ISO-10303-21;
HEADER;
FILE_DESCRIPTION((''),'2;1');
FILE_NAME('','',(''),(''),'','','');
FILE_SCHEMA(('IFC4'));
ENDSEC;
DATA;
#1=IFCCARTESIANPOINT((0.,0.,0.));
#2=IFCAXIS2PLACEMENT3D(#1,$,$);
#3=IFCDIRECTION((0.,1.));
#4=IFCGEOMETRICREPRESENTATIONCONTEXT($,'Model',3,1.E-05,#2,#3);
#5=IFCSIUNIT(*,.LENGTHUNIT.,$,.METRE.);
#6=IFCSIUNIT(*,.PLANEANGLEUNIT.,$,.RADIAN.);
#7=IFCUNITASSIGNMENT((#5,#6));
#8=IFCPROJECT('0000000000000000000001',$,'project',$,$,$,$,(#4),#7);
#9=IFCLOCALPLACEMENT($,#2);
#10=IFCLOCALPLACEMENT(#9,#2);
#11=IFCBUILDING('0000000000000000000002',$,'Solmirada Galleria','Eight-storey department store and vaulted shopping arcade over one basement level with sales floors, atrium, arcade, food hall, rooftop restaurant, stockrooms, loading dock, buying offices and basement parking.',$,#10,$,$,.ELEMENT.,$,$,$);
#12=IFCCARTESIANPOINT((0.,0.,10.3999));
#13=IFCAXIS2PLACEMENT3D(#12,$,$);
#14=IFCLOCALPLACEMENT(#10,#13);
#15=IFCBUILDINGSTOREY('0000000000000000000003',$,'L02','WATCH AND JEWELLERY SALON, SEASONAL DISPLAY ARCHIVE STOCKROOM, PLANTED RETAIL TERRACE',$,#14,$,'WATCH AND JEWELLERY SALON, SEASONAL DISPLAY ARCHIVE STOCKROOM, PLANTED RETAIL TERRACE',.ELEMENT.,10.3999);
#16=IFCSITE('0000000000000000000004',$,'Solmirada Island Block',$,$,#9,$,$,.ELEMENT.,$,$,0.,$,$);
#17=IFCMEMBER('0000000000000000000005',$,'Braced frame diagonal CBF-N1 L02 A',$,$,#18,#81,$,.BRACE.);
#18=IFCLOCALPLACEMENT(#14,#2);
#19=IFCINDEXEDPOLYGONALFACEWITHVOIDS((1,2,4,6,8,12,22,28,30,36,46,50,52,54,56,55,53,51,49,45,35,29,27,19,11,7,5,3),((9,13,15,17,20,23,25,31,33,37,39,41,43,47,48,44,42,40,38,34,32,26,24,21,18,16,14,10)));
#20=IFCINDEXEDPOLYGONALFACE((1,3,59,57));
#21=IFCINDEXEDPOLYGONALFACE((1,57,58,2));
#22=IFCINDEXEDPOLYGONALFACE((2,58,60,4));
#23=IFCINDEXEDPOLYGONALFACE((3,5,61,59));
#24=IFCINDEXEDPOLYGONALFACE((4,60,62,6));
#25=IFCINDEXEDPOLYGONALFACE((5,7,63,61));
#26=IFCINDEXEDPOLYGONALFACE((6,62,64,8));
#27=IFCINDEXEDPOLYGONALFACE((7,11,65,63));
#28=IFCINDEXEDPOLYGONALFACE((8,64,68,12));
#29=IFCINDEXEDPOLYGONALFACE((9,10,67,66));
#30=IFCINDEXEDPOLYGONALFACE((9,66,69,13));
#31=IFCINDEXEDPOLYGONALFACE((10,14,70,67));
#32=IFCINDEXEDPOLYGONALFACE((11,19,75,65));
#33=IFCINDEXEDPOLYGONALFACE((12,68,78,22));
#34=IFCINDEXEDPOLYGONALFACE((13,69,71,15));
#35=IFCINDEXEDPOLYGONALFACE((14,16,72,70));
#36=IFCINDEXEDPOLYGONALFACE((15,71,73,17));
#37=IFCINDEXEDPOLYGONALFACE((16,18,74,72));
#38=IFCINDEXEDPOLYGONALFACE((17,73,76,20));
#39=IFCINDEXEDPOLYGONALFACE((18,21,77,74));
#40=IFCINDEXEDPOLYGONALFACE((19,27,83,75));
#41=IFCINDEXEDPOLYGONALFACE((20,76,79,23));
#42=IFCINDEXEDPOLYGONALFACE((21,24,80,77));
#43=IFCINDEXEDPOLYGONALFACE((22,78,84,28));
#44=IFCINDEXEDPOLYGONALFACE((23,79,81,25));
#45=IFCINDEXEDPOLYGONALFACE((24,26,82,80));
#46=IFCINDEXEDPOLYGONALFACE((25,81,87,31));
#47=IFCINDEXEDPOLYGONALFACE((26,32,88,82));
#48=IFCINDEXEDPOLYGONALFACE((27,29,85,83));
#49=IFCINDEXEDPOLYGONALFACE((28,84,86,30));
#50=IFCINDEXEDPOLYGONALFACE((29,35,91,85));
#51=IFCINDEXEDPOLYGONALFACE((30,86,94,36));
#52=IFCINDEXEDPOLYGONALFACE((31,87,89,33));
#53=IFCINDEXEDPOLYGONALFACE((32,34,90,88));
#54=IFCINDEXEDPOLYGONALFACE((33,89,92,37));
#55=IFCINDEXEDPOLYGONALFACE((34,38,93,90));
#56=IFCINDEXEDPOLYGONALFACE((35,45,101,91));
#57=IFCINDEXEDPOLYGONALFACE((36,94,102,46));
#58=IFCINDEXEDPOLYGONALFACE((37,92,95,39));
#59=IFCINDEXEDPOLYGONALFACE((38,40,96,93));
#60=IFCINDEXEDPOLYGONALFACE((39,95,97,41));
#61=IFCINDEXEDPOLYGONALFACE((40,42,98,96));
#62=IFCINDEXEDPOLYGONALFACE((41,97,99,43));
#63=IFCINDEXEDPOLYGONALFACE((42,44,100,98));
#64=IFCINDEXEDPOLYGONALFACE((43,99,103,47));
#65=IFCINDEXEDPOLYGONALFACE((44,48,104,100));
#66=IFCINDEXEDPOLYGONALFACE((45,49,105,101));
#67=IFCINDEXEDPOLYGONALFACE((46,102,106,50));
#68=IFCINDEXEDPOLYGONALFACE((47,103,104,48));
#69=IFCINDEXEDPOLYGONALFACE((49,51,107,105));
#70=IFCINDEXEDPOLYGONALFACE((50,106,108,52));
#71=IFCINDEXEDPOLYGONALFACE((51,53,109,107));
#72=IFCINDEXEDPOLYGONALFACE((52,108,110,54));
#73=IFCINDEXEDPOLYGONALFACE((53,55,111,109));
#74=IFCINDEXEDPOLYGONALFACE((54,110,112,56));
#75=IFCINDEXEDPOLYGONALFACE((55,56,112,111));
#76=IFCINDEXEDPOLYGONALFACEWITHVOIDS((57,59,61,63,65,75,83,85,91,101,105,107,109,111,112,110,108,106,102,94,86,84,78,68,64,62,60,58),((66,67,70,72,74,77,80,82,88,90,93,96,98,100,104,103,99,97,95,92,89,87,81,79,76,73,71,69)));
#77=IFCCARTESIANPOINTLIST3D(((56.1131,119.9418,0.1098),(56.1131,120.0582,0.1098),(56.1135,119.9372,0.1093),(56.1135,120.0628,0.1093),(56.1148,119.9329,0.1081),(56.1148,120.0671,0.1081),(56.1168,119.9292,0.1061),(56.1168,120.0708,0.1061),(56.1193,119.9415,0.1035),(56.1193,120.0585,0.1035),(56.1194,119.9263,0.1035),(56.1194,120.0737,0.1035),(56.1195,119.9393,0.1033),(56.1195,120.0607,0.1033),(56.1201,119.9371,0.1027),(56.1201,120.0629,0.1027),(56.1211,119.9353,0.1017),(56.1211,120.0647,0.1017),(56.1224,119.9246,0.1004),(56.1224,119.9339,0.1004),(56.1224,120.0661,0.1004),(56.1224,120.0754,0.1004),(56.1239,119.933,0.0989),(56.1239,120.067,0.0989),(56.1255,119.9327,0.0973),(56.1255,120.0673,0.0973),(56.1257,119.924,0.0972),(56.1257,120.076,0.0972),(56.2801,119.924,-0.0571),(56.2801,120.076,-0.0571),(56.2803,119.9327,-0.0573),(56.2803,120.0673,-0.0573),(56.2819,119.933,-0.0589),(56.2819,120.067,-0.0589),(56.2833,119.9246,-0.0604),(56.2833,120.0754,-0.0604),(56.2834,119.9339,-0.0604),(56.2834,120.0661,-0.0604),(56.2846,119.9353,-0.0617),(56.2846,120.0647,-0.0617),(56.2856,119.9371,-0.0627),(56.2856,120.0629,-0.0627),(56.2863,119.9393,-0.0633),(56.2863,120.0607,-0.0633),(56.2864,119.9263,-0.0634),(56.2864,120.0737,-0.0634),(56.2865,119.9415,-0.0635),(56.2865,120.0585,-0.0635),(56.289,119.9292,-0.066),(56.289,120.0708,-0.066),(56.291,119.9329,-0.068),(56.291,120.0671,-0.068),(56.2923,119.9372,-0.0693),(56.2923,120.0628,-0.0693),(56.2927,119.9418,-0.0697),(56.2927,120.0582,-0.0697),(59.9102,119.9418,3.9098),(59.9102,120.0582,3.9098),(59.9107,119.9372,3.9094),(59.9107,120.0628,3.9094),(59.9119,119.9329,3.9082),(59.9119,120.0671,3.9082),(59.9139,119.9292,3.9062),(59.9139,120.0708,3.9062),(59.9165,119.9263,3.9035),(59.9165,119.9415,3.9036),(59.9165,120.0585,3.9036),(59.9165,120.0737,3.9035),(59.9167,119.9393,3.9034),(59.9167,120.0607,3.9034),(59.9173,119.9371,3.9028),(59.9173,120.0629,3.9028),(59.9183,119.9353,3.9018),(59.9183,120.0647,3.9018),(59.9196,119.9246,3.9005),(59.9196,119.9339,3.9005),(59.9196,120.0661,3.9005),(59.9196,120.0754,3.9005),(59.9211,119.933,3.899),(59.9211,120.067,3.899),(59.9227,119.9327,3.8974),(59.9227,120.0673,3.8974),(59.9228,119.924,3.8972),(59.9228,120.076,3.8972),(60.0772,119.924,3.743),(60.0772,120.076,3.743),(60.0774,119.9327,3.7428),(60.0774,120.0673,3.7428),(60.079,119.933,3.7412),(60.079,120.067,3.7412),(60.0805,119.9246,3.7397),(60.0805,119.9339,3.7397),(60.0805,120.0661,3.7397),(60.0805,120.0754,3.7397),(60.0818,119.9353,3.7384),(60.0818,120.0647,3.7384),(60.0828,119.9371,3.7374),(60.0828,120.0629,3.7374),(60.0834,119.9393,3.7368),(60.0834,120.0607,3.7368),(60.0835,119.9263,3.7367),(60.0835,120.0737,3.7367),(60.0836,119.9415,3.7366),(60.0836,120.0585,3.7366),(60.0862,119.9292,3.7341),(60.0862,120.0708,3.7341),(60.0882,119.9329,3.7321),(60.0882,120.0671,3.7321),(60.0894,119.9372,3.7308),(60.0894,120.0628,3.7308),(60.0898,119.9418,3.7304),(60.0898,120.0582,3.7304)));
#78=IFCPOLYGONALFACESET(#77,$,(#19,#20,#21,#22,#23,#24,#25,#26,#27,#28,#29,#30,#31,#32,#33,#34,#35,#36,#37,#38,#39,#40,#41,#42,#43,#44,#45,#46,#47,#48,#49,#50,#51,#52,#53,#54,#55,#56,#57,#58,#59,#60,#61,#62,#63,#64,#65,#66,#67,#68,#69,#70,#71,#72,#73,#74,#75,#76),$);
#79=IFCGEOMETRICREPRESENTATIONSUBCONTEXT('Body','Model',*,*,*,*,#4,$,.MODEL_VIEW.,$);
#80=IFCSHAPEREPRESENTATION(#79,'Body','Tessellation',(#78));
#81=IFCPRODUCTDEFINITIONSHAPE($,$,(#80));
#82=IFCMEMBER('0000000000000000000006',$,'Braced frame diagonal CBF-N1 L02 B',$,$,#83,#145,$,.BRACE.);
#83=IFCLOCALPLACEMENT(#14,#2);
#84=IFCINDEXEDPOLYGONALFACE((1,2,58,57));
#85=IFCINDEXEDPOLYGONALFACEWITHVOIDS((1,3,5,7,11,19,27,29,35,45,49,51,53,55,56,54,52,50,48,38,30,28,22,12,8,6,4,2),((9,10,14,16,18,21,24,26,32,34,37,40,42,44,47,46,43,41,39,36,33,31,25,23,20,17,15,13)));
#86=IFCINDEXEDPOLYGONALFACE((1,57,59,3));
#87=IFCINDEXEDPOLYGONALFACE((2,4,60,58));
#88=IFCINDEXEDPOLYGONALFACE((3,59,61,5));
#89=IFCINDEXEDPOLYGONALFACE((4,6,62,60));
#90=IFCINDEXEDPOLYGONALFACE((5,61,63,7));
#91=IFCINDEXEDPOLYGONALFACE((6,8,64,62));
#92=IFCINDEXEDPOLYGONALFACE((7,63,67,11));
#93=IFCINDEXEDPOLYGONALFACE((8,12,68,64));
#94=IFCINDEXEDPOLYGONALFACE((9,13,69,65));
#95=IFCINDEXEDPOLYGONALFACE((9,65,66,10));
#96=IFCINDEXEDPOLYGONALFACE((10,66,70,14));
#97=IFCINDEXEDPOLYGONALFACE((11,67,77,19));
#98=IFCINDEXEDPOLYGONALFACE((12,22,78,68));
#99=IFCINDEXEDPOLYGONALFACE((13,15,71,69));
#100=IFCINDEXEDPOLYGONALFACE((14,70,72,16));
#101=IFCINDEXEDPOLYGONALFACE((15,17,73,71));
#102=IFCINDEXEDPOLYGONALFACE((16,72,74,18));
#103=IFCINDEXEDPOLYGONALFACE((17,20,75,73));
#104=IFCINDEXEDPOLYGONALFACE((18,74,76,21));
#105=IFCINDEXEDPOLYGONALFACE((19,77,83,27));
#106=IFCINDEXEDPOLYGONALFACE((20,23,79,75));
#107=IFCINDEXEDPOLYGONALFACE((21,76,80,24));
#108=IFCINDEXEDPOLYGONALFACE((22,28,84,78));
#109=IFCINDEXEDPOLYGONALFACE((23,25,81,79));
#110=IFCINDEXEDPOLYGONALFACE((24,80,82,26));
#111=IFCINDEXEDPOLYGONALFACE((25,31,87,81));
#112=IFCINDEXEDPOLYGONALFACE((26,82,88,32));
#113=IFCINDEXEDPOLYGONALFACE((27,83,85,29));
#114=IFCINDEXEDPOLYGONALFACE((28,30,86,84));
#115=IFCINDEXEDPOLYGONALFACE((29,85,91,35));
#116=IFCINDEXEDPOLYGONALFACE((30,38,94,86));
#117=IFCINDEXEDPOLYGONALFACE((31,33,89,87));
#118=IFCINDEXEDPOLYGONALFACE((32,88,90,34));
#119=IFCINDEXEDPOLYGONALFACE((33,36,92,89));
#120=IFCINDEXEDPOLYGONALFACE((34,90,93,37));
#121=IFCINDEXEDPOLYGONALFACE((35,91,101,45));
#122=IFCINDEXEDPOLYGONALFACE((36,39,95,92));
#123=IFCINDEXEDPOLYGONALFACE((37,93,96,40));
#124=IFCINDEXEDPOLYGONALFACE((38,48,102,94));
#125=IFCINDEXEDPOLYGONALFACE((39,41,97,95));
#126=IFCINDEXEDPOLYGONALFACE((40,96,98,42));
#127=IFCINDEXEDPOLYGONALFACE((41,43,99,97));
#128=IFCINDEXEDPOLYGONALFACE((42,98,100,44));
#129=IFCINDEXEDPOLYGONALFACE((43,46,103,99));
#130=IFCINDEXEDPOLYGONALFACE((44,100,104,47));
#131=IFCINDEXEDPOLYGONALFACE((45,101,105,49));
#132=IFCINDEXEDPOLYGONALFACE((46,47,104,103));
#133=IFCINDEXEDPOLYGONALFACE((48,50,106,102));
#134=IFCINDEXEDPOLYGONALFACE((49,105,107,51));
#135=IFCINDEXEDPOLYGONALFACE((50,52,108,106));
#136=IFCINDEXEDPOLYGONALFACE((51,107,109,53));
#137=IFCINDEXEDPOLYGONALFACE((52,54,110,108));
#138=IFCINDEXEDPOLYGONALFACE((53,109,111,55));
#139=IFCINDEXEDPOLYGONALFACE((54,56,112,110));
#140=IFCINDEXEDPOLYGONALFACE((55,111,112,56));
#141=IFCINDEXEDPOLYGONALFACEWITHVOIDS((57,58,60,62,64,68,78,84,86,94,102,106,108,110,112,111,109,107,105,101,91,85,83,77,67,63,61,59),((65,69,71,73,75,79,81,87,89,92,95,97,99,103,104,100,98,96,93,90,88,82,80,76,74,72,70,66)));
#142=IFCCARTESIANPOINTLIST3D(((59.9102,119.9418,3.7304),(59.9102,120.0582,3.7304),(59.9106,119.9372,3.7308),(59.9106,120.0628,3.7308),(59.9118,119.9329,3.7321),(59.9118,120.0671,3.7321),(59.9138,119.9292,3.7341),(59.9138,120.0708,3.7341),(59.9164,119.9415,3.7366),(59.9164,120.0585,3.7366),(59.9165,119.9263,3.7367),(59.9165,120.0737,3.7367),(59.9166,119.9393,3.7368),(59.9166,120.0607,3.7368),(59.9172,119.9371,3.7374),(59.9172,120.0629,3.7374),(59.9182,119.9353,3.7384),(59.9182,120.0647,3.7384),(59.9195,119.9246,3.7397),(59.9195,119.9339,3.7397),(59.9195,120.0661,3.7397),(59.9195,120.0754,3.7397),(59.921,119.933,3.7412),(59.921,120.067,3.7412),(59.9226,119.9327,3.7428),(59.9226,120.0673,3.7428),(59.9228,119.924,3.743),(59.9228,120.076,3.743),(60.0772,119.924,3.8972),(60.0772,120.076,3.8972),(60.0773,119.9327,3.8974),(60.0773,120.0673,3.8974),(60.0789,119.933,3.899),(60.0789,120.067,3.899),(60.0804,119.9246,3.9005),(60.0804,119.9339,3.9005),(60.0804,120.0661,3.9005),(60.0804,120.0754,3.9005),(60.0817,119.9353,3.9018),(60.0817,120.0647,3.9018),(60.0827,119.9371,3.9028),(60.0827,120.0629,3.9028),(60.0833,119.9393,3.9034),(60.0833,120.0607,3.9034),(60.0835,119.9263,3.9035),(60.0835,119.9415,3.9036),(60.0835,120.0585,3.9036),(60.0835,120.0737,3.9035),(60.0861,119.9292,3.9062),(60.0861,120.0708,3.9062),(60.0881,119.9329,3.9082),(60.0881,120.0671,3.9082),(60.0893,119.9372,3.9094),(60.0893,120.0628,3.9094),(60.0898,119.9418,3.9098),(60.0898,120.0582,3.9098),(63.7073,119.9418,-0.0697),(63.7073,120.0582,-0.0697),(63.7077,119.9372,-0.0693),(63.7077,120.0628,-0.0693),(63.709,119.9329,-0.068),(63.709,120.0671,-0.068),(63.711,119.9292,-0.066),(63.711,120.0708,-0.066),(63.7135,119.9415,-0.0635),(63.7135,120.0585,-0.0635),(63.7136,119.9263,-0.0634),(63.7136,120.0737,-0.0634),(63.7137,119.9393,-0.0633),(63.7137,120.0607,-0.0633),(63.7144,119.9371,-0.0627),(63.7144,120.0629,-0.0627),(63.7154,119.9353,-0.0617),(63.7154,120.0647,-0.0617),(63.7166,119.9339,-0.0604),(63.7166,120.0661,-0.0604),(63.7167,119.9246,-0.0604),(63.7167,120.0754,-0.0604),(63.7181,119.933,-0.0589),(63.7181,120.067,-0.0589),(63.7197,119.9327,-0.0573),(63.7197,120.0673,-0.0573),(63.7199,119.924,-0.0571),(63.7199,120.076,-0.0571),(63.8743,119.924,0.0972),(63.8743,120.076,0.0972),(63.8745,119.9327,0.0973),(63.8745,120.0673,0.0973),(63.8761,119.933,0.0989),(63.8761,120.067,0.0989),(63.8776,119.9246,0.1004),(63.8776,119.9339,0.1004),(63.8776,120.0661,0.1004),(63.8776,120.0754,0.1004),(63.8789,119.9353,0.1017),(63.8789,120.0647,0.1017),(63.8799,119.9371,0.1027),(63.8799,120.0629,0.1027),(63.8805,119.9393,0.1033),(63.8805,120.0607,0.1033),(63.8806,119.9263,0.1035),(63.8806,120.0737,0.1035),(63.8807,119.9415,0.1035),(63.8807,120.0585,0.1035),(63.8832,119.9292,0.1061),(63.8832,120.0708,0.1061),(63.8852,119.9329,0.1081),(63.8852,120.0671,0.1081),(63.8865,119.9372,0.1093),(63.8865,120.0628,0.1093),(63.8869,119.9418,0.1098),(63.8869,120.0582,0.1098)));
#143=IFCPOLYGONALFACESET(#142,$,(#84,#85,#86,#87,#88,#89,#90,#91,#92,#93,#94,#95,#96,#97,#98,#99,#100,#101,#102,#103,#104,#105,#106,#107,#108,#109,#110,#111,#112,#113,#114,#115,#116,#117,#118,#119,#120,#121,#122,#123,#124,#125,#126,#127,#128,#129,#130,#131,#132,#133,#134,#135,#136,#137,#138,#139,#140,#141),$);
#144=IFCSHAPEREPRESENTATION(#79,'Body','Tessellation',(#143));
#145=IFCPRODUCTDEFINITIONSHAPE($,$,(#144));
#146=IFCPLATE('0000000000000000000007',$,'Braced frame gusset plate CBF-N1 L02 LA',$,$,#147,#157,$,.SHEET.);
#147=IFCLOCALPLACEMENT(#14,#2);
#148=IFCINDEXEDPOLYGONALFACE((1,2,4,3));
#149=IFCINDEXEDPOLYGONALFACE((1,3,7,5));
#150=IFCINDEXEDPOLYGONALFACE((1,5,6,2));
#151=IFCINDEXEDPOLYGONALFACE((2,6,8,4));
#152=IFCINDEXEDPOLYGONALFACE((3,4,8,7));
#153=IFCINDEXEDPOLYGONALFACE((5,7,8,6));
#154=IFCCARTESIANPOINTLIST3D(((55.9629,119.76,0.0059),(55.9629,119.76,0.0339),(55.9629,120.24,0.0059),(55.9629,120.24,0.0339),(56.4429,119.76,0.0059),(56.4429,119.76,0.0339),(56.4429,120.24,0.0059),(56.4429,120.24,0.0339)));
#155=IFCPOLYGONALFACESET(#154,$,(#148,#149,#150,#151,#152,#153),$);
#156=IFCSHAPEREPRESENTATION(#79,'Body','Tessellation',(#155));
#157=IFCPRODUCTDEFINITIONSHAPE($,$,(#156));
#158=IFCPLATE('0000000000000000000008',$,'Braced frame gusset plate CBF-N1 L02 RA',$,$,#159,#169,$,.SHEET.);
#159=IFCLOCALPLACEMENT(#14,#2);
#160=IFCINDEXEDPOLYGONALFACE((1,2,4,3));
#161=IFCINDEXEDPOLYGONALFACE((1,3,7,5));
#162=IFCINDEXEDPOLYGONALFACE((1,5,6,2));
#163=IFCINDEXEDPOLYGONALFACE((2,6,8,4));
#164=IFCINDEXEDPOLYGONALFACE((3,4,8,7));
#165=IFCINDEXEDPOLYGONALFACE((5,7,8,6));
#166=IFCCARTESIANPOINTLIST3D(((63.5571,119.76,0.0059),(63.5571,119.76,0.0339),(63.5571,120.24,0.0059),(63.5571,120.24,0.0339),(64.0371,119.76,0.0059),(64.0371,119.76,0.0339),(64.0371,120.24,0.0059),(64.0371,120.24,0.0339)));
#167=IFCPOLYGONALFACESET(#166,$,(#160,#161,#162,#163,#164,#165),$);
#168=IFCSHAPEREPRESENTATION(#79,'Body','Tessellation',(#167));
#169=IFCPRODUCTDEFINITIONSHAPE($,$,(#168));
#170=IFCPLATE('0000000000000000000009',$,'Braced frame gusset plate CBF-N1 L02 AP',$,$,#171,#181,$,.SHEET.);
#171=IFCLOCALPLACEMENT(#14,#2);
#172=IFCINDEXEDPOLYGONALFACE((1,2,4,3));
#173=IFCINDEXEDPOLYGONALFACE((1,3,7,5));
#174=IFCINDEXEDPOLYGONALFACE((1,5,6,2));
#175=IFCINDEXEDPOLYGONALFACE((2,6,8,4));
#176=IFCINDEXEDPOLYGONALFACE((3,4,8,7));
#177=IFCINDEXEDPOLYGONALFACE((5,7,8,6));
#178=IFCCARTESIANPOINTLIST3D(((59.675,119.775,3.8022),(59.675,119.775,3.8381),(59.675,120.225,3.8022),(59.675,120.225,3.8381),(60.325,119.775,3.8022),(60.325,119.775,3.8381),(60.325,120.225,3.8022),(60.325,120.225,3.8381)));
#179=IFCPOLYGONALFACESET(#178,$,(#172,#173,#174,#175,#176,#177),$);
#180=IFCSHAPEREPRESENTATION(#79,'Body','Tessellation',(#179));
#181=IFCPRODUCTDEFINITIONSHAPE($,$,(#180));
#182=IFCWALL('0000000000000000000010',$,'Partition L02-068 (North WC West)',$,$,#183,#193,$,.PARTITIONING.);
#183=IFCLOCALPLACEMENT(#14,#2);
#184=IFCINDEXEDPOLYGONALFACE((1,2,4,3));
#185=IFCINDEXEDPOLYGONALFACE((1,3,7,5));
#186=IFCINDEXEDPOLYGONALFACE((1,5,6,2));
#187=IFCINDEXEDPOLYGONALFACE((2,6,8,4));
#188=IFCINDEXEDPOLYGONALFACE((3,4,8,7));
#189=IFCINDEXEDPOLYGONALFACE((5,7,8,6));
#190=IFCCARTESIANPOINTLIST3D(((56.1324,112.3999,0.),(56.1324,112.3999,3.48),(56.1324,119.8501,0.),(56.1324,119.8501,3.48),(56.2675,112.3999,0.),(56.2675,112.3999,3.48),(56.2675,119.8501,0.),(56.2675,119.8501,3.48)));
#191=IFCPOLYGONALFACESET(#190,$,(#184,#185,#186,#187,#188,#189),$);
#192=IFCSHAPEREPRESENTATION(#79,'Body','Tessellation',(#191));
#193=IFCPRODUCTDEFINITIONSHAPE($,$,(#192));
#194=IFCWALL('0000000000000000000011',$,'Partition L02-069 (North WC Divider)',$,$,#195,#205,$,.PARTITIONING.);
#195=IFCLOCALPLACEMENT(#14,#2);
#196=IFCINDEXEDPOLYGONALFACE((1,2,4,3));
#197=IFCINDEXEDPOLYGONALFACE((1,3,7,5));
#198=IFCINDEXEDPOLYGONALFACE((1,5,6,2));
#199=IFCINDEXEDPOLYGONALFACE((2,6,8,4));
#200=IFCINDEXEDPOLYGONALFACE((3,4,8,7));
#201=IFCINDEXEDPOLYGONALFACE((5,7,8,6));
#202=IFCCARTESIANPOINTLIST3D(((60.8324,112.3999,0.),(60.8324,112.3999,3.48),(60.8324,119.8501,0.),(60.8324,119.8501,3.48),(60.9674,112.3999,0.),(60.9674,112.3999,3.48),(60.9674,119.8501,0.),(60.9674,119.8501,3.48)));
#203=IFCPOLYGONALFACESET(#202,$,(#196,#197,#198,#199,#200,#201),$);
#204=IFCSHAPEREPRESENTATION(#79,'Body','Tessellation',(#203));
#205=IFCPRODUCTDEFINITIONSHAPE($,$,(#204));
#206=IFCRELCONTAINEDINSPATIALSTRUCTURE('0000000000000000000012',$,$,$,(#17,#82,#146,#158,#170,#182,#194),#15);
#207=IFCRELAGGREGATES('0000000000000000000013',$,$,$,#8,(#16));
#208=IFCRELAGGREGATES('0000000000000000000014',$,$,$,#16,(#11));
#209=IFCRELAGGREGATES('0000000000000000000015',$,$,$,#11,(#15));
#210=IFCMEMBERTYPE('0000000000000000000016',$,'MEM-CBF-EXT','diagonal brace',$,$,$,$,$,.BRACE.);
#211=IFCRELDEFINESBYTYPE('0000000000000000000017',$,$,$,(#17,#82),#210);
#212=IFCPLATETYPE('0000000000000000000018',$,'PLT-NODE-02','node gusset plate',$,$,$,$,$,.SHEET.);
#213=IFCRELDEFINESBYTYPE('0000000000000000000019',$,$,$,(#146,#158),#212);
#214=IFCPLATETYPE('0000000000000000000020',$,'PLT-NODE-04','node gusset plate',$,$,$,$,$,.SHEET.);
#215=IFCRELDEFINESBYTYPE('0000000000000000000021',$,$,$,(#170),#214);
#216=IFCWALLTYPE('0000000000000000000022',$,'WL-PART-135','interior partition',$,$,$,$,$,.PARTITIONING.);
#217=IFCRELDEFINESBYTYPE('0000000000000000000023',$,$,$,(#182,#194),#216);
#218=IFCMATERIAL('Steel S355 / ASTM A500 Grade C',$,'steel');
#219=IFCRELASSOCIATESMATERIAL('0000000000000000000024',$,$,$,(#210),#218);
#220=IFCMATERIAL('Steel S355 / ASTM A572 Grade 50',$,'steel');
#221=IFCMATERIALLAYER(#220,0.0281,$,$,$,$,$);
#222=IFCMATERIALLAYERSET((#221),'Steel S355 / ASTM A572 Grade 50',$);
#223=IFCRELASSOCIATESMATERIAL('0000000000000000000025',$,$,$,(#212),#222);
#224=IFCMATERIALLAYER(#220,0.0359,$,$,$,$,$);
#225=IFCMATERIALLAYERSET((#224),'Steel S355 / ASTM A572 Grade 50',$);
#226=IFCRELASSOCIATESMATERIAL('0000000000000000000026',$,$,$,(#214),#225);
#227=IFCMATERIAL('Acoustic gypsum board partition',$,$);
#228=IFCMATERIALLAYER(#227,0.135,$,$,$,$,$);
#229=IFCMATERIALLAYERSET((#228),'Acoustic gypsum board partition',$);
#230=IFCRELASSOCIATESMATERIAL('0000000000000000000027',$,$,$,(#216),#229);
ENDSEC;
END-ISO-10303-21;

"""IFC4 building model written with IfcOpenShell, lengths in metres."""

from ifc_helpers import new_model, si_unit, direction, frame, frame_2d, origin, origin_2d, place, context, subcontext, project, spatial, rectangle, hollow_rectangle, extrude, material, layer, layer_set, material_profile, profile_set, type_object, element, save


model = new_model("IFC4")

# Units and contexts
model_context = context("Model", 3, precision=1e-05, world=origin(), true_north=direction((0.0, 1.0)))
body_context = subcontext(model_context, "Body", "Model", "MODEL_VIEW")
ifc_project = project(units=[si_unit("LENGTHUNIT", "METRE"), si_unit("PLANEANGLEUNIT", "RADIAN")], contexts=[model_context])

# Site, building, storey
site_placement = place(None, origin())
site = spatial("IfcSite", under=ifc_project, at=site_placement, Name="Solmirada Island Block", CompositionType="ELEMENT", RefElevation=0.0)
building_placement = place(site_placement, origin())
building = spatial("IfcBuilding", under=site, at=building_placement, Name="Solmirada Galleria", Description="Eight-storey department store and vaulted shopping arcade over one basement level with sales floors, atrium, arcade, food hall, rooftop restaurant, stockrooms, loading dock, buying offices and basement parking.", CompositionType="ELEMENT")
storey_placement = place(building_placement, frame((0.0, 0.0, 10.3999)))
storey = spatial("IfcBuildingStorey", under=building, at=storey_placement, Name="L02", Description="WATCH AND JEWELLERY SALON, SEASONAL DISPLAY ARCHIVE STOCKROOM, PLANTED RETAIL TERRACE", LongName="WATCH AND JEWELLERY SALON, SEASONAL DISPLAY ARCHIVE STOCKROOM, PLANTED RETAIL TERRACE", CompositionType="ELEMENT", Elevation=10.3999)

# Shared definitions
ifc_material_1 = material(Name="Steel S355 / ASTM A500 Grade C", Category="steel")

# Members
ifc_material_profile_1 = material_profile(ifc_material_1, hollow_rectangle(XDim=0.1521, YDim=0.2539, WallThickness=0.0088, InnerFilletRadius=0.0088, OuterFilletRadius=0.0178, at=origin_2d()), Name="HSS10X6X3/8")
ifc_profile_set_1 = profile_set([ifc_material_profile_1], Name="Steel S355 / ASTM A500 Grade C")
member_type = type_object("IfcMemberType", Name="MEM-CBF-EXT", Description="diagonal brace", PredefinedType="BRACE", material=ifc_profile_set_1)
for number, where, z_axis, x_axis, name in (
    (1, (56.2029, 120.0, 0.02), (0.706834, 0.0, 0.707379), (0.0, 1.0, 0.0), "Braced frame diagonal CBF-N1 L02 A"),
    (2, (63.7971, 120.0, 0.02), (-0.706834, 0.0, 0.707379), (0.0, -1.0, 0.0), "Braced frame diagonal CBF-N1 L02 B"),
):
    element("IfcMember", number, at=place(storey_placement, frame(where, z_axis=z_axis, x_axis=x_axis)), inside=storey, type_object=member_type, Name=name, PredefinedType="BRACE", context=body_context, shape_type="SweptSolid", body=[
        extrude(hollow_rectangle(XDim=0.1521, YDim=0.2539, WallThickness=0.0088, InnerFilletRadius=0.0088, OuterFilletRadius=0.0178, at=origin_2d()), origin(), (0.0, 0.0, 1.0), 5.3721),
    ])

# Plates
ifc_material_2 = material(Name="Steel S355 / ASTM A572 Grade 50", Category="steel")
ifc_layer_1 = layer(ifc_material_2, 0.0281)
ifc_layer_set_1 = layer_set([ifc_layer_1], Name="Steel S355 / ASTM A572 Grade 50")
plate_type_1 = type_object("IfcPlateType", Name="PLT-NODE-02", Description="node gusset plate", PredefinedType="SHEET", material=ifc_layer_set_1)
for number, where, z_axis, x_axis, name in (
    (3, (56.2029, 120.0, 0.0059), (0.0, 0.0, 1.0), (1.0, 0.0, 0.0), "Braced frame gusset plate CBF-N1 L02 LA"),
    (4, (63.7971, 120.0, 0.0059), (0.0, 0.0, 1.0), (1.0, 0.0, 0.0), "Braced frame gusset plate CBF-N1 L02 RA"),
):
    element("IfcPlate", number, at=place(storey_placement, frame(where, z_axis=z_axis, x_axis=x_axis)), inside=storey, type_object=plate_type_1, Name=name, PredefinedType="SHEET", context=body_context, shape_type="SweptSolid", body=[
        extrude(rectangle(XDim=0.48, YDim=0.48, at=origin_2d()), origin(), (0.0, 0.0, 1.0), 0.0281),
    ])
ifc_layer_2 = layer(ifc_material_2, 0.0359)
ifc_layer_set_2 = layer_set([ifc_layer_2], Name="Steel S355 / ASTM A572 Grade 50")
plate_type_2 = type_object("IfcPlateType", Name="PLT-NODE-04", Description="node gusset plate", PredefinedType="SHEET", material=ifc_layer_set_2)
plate_placement = place(storey_placement, frame((60.0, 120.0, 3.8022), z_axis=(0.0, 0.0, 1.0), x_axis=(1.0, 0.0, 0.0)))
element("IfcPlate", 5, at=plate_placement, inside=storey, type_object=plate_type_2, Name="Braced frame gusset plate CBF-N1 L02 AP", PredefinedType="SHEET", context=body_context, shape_type="SweptSolid", body=[
    extrude(rectangle(XDim=0.6499, YDim=0.45, at=origin_2d()), origin(), (0.0, 0.0, 1.0), 0.0359),
])

# Walls
ifc_material_3 = material(Name="Acoustic gypsum board partition")
ifc_layer_3 = layer(ifc_material_3, 0.135)
ifc_layer_set_3 = layer_set([ifc_layer_3], Name="Acoustic gypsum board partition")
wall_type_1 = type_object("IfcWallType", Name="WL-PART-135", Description="interior partition", PredefinedType="PARTITIONING", material=ifc_layer_set_3)
for number, where, z_axis, x_axis, name in (
    (6, (56.2, 112.3999, 0.0), (0.0, 0.0, 1.0), (0.0, 1.0, 0.0), "Partition L02-068 (North WC West)"),
    (7, (60.8999, 112.3999, 0.0), (0.0, 0.0, 1.0), (0.0, 1.0, 0.0), "Partition L02-069 (North WC Divider)"),
):
    element("IfcWall", number, at=place(storey_placement, frame(where, z_axis=z_axis, x_axis=x_axis)), inside=storey, type_object=wall_type_1, Name=name, PredefinedType="PARTITIONING", context=body_context, shape_type="SweptSolid", body=[
        extrude(rectangle(XDim=7.4502, YDim=0.135, at=frame_2d((3.7251, 0.0))), origin(), (0.0, 0.0, 1.0), 3.48),
    ])

save(model, "model.ifc")
